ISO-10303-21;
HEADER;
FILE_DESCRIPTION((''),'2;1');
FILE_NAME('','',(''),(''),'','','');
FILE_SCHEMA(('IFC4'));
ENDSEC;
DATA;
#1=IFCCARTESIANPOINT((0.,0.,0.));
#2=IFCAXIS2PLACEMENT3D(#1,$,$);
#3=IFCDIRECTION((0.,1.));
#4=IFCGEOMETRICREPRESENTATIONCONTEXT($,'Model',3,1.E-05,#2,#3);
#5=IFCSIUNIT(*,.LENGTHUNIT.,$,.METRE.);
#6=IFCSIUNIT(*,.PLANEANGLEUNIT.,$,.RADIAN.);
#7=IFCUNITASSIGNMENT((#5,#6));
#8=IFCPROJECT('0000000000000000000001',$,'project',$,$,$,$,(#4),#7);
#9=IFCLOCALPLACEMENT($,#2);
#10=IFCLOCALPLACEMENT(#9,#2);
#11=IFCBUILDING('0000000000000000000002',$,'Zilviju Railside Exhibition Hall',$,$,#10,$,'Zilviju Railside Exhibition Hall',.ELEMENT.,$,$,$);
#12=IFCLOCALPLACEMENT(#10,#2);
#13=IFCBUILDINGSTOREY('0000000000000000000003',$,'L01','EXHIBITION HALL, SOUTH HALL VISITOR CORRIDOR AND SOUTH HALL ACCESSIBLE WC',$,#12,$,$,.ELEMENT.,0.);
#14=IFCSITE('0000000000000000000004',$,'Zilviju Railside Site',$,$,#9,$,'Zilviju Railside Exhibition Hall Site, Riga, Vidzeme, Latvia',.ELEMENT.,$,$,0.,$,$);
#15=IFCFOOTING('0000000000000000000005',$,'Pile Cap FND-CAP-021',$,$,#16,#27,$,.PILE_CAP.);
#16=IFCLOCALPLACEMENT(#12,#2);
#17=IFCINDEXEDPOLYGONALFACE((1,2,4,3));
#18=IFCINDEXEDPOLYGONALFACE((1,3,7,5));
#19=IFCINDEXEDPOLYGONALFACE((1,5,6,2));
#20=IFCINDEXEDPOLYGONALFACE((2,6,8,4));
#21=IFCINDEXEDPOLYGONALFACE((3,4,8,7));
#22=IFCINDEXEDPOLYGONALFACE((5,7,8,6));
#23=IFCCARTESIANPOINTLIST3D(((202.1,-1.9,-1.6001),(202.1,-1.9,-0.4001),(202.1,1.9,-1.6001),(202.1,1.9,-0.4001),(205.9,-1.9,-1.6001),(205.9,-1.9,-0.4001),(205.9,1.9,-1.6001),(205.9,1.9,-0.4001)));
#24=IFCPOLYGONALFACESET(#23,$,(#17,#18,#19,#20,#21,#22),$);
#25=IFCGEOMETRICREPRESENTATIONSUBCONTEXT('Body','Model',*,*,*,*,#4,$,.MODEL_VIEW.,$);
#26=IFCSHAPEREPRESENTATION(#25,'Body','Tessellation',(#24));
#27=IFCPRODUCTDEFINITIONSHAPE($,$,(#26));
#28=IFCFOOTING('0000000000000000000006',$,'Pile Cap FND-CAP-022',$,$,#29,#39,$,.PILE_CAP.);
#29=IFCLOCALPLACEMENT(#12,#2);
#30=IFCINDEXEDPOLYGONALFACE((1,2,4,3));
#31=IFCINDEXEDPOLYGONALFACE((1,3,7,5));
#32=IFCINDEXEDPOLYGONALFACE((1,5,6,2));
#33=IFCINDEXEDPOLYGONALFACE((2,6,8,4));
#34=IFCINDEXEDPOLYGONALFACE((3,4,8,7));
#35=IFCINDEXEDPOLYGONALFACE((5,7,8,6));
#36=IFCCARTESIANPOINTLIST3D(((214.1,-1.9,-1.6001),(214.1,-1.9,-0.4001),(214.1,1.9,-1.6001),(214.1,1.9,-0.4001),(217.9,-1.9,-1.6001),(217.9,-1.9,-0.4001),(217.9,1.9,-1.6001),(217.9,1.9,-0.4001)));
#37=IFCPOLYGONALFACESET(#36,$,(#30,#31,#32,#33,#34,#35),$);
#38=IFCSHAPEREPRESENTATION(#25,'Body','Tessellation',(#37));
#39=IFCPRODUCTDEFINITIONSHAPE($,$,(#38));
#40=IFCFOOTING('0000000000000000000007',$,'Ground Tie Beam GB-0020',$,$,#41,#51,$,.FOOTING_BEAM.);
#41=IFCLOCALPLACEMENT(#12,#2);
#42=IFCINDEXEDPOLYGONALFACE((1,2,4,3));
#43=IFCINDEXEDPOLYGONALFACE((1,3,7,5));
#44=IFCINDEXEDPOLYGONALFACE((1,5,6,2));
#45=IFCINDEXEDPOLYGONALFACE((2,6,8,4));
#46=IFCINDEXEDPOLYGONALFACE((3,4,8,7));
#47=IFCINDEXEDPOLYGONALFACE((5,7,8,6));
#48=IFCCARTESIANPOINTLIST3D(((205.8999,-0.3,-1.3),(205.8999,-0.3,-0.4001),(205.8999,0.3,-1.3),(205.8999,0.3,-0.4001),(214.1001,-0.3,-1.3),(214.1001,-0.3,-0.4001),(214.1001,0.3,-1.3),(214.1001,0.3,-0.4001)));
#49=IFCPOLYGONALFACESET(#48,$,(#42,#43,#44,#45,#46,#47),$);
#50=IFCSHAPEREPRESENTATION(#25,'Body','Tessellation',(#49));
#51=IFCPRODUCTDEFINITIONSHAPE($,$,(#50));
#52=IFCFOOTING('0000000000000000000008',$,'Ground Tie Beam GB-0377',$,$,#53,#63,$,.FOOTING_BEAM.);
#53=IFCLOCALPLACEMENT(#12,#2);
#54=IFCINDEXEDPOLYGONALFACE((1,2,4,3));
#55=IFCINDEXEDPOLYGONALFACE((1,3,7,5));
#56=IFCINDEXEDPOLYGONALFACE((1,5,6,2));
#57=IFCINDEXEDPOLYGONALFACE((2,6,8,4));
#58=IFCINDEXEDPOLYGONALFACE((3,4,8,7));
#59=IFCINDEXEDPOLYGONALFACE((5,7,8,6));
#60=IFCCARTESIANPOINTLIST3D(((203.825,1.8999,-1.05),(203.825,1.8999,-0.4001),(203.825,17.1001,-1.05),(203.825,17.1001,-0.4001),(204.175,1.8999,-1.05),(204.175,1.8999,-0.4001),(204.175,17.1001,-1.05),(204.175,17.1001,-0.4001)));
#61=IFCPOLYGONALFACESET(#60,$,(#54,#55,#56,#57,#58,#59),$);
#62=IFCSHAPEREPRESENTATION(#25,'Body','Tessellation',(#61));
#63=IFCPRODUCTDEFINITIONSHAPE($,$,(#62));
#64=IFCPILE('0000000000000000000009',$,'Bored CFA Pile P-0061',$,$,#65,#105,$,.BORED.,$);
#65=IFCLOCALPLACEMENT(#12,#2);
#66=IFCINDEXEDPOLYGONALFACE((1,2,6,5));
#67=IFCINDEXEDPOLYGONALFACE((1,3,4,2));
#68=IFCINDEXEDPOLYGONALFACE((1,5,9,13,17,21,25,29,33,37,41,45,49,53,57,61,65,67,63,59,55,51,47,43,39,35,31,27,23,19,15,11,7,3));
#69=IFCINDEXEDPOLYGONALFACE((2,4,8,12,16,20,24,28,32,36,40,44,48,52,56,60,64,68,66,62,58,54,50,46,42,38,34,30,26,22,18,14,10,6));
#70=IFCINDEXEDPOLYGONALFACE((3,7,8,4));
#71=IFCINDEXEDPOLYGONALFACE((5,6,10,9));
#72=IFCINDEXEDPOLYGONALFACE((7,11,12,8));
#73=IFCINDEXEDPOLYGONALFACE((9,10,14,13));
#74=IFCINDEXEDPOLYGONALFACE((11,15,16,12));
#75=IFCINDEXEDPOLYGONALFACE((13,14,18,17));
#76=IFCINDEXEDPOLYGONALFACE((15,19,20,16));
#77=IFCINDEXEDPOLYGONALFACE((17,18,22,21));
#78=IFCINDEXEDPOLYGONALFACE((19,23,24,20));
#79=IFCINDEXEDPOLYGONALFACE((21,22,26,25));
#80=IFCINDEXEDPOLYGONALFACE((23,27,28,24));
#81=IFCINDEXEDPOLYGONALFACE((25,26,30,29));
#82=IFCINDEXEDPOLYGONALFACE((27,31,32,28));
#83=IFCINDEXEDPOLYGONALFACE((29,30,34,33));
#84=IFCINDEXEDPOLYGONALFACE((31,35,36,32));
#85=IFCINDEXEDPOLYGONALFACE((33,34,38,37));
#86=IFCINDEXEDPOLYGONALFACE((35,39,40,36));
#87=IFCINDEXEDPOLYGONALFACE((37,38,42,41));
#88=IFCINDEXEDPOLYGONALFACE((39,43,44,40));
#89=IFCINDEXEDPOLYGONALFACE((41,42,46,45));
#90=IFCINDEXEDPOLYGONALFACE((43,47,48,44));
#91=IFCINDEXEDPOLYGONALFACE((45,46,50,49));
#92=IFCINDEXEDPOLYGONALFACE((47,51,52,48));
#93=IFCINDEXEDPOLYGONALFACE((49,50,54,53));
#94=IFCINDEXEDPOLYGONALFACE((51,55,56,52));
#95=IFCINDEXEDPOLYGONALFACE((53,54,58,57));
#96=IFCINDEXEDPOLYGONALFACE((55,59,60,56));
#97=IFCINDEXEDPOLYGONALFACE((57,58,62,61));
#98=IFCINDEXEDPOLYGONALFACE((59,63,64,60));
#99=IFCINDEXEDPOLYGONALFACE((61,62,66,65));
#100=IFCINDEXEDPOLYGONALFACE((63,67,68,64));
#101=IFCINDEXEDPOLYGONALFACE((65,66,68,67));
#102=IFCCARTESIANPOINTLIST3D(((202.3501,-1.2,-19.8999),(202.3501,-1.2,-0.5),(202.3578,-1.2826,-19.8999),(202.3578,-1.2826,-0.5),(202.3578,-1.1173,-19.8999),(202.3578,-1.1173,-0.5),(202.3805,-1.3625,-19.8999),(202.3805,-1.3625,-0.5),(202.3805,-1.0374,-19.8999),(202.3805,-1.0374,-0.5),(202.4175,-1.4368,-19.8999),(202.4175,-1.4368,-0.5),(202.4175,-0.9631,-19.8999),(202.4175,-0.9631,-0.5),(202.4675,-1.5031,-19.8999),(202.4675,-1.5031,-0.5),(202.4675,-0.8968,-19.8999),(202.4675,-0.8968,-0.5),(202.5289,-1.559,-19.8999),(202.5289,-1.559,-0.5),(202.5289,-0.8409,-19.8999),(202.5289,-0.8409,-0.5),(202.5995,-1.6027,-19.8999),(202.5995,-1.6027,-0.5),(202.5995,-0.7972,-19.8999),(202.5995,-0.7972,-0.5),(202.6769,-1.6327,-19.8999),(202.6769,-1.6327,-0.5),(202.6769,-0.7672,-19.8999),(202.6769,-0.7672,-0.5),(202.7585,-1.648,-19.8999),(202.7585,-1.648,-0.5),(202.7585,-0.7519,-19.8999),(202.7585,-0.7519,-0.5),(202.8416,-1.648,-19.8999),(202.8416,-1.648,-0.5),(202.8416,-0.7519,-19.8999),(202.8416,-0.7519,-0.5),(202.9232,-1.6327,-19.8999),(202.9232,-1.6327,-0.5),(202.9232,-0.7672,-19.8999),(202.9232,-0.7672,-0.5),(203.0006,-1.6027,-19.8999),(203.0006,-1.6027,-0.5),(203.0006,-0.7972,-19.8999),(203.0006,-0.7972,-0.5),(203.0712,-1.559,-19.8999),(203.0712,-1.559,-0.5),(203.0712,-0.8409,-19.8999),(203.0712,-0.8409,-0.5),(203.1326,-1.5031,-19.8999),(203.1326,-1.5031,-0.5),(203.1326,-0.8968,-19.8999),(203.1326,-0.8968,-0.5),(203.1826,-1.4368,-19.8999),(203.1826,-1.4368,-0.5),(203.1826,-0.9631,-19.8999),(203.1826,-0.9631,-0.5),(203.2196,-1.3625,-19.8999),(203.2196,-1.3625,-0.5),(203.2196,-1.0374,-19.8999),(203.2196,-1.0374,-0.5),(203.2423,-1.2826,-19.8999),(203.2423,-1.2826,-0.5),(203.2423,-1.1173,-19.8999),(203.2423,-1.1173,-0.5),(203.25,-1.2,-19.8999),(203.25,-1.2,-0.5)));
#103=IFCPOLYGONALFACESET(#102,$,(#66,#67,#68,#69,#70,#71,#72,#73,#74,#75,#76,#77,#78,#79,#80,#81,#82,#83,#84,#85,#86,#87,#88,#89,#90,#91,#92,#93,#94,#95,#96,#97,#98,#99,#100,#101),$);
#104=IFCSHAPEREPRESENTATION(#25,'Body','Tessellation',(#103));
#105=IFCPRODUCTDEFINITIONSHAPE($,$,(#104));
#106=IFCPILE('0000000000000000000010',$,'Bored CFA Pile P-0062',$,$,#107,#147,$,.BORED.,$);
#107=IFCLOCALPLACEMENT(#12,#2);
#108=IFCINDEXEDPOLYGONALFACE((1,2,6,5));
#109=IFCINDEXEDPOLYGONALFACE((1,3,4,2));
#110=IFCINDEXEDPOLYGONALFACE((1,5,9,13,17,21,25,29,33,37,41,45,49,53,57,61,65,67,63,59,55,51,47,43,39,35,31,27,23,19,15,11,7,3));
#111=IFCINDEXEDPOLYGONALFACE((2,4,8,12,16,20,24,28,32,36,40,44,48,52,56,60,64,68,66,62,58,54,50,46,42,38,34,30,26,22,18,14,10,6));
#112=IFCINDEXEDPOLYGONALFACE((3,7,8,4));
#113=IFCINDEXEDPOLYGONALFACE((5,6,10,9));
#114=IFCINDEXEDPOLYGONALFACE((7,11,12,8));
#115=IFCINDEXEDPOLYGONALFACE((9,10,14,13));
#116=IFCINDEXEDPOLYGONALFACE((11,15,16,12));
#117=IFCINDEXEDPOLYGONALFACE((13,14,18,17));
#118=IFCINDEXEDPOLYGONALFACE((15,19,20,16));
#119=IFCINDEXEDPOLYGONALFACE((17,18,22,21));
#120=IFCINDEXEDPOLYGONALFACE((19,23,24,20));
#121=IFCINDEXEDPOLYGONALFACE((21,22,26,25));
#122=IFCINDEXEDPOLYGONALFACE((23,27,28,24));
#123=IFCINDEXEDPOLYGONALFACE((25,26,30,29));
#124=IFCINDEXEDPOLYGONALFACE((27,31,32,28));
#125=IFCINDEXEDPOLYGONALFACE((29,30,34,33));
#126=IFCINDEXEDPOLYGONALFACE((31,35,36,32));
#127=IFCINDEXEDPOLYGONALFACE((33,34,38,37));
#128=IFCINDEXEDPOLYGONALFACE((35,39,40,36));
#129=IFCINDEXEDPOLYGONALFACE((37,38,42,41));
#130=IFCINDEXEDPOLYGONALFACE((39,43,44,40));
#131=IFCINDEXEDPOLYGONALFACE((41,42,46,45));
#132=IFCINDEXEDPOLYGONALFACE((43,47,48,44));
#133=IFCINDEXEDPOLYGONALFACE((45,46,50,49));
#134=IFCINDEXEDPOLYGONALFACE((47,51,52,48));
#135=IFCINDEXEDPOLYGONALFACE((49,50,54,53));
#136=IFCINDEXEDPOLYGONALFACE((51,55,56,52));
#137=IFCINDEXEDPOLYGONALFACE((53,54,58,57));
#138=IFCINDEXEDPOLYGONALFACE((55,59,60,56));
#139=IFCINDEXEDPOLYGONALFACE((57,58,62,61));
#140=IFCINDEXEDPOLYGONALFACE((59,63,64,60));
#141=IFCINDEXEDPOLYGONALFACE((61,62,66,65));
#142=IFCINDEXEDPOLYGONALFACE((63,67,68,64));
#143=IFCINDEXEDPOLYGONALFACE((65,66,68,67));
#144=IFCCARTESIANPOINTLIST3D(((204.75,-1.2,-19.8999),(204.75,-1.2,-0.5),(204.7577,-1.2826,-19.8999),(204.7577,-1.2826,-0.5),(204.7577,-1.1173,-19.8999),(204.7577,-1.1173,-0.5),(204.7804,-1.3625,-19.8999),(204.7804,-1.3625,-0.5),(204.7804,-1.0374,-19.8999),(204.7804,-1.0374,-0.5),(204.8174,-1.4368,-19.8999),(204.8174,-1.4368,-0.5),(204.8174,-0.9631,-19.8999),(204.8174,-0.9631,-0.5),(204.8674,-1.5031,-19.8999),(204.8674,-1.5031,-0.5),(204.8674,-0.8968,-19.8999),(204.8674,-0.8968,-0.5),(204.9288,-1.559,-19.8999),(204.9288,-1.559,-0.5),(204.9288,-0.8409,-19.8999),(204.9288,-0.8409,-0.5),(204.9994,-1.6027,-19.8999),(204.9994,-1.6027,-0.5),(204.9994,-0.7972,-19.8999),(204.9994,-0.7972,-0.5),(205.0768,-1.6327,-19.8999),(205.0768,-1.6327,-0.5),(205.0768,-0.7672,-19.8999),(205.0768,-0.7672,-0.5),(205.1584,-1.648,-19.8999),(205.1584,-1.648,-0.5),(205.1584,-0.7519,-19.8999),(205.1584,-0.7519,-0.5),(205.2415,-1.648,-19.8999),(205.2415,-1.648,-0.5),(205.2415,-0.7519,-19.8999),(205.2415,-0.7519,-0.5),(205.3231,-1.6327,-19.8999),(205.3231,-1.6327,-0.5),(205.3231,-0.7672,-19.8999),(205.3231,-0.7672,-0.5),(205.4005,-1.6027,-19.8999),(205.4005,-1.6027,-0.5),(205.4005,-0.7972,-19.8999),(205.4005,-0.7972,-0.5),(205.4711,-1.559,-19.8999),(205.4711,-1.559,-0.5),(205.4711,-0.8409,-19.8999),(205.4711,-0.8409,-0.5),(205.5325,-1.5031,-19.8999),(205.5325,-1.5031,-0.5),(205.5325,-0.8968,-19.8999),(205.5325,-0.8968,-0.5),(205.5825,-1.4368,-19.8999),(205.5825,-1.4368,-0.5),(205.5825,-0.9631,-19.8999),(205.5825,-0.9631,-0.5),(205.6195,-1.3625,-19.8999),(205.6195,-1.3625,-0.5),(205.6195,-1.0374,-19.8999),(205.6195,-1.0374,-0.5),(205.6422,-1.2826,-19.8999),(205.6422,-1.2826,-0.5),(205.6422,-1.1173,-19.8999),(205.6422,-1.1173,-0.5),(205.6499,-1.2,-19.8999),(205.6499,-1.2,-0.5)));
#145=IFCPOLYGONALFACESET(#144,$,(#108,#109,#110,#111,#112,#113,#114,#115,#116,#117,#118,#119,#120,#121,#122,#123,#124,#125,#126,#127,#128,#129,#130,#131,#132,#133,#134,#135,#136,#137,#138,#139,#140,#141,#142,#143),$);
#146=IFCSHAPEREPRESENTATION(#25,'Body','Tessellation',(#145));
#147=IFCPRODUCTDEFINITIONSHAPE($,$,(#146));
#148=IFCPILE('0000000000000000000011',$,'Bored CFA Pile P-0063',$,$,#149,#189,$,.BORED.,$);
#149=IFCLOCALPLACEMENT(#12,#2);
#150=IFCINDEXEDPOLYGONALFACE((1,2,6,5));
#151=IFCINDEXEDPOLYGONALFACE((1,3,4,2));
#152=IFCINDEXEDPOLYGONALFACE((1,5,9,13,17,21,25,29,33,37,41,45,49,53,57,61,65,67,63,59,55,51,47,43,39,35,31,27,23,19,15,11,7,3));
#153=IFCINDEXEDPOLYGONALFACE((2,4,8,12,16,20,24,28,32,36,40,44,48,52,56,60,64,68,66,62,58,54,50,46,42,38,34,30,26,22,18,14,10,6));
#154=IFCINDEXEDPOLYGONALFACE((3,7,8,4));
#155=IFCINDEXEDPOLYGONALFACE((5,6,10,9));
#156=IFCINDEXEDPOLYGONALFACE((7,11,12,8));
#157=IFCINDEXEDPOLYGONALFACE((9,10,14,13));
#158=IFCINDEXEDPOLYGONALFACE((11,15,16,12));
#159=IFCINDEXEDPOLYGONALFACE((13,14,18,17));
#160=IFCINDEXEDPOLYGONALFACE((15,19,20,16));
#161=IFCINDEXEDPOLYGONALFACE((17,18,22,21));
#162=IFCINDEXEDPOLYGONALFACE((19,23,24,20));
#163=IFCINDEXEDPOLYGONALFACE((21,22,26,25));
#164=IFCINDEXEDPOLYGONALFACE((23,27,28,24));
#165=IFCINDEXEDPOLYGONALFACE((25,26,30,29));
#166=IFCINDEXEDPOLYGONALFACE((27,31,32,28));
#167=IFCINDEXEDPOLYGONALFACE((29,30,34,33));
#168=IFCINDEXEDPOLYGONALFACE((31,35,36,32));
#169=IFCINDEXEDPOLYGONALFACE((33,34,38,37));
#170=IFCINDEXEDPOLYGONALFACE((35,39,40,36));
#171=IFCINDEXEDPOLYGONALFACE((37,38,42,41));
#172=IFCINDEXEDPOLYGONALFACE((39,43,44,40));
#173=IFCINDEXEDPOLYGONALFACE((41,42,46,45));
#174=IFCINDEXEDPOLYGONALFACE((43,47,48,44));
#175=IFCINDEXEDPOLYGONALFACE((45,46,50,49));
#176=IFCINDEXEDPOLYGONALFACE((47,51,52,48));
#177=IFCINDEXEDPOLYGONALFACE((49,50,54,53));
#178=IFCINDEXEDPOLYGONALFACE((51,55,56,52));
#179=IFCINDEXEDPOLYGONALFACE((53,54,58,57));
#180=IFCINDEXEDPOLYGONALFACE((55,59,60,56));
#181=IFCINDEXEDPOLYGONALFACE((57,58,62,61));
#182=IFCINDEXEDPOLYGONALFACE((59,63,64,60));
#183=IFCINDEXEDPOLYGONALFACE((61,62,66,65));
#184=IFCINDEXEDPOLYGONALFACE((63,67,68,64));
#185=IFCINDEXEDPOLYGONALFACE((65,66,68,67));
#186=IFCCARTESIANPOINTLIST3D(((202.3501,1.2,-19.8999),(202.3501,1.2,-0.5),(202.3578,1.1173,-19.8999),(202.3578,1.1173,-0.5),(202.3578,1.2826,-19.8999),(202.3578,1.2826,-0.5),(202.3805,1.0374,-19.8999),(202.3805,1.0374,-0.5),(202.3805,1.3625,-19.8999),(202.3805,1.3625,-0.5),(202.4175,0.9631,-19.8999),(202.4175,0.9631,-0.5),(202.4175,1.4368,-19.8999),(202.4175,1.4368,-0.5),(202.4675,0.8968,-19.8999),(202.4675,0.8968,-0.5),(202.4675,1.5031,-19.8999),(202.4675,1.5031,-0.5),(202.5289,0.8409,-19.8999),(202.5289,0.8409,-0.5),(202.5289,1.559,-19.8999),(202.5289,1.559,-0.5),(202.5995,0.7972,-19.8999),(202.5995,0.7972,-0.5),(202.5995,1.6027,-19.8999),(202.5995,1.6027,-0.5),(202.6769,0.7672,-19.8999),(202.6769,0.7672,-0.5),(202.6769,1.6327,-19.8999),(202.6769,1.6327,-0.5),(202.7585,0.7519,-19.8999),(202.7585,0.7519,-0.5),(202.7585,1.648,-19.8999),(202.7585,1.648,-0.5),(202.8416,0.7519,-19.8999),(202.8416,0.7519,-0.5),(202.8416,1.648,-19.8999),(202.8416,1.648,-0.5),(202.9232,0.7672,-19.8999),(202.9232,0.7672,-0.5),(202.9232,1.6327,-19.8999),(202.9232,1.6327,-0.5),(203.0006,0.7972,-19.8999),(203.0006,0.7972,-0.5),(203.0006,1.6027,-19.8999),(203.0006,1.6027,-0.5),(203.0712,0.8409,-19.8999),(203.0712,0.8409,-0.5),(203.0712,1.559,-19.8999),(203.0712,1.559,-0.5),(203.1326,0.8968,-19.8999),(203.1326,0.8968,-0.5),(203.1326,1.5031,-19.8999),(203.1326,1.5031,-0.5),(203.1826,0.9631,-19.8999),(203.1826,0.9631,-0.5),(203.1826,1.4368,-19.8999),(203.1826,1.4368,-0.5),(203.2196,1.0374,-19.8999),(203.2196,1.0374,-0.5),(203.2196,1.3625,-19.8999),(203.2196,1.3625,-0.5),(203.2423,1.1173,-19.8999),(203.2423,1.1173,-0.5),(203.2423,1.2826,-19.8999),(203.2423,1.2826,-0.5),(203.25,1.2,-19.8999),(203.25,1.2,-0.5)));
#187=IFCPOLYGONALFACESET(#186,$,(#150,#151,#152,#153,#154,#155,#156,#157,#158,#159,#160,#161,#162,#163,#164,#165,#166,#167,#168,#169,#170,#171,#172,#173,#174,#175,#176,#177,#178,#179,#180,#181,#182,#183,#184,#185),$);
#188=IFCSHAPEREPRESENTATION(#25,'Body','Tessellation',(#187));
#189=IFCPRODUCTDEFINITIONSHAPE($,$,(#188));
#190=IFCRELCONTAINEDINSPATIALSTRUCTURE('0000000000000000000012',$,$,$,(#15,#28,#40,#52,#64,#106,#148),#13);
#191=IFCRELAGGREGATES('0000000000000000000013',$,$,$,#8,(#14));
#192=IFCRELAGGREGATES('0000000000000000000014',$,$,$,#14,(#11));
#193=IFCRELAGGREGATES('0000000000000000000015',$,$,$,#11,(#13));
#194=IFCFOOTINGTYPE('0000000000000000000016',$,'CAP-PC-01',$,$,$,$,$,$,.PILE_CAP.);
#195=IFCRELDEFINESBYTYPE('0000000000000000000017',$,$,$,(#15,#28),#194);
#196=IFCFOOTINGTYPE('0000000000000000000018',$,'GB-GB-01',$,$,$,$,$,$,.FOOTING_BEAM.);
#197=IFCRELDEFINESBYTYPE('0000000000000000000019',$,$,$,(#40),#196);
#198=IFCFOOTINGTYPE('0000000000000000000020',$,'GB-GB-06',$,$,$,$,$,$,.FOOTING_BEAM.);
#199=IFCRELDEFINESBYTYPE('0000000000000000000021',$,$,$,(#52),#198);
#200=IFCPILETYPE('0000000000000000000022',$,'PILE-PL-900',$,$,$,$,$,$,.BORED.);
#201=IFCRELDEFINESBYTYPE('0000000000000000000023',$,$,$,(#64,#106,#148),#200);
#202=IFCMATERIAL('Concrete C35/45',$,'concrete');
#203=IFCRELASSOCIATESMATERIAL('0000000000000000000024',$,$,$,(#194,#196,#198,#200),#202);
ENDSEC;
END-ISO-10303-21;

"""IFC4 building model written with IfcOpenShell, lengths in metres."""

from ifc_helpers import new_model, si_unit, direction, frame, origin, origin_2d, place, context, subcontext, project, spatial, rectangle, circle, extrude, material, material_profile, profile_set, type_object, element, save


model = new_model("IFC4")

# Units and contexts
model_context = context("Model", 3, precision=1e-05, world=origin(), true_north=direction((0.0, 1.0)))
body_context = subcontext(model_context, "Body", "Model", "MODEL_VIEW")
ifc_project = project(units=[si_unit("LENGTHUNIT", "METRE"), si_unit("PLANEANGLEUNIT", "RADIAN")], contexts=[model_context])

# Site, building, storey
site_placement = place(None, origin())
site = spatial("IfcSite", under=ifc_project, at=site_placement, Name="Zilviju Railside Site", LongName="Zilviju Railside Exhibition Hall Site, Riga, Vidzeme, Latvia", CompositionType="ELEMENT", RefElevation=0.0)
building_placement = place(site_placement, origin())
building = spatial("IfcBuilding", under=site, at=building_placement, Name="Zilviju Railside Exhibition Hall", LongName="Zilviju Railside Exhibition Hall", CompositionType="ELEMENT")
storey_placement = place(building_placement, origin())
storey = spatial("IfcBuildingStorey", under=building, at=storey_placement, Name="L01", Description="EXHIBITION HALL, SOUTH HALL VISITOR CORRIDOR AND SOUTH HALL ACCESSIBLE WC", CompositionType="ELEMENT", Elevation=0.0)

# Footings
ifc_material_1 = material(Name="Concrete C35/45", Category="concrete")
footing_type_1 = type_object("IfcFootingType", Name="CAP-PC-01", PredefinedType="PILE_CAP", material=ifc_material_1)
for number, where, z_axis, x_axis, name in (
    (1, (204.0, 0.0, -1.6001), (0.0, 0.0, 1.0), (1.0, 0.0, 0.0), "Pile Cap FND-CAP-021"),
    (2, (216.0, 0.0, -1.6001), (0.0, 0.0, 1.0), (1.0, 0.0, 0.0), "Pile Cap FND-CAP-022"),
):
    element("IfcFooting", number, at=place(storey_placement, frame(where, z_axis=z_axis, x_axis=x_axis)), inside=storey, type_object=footing_type_1, Name=name, PredefinedType="PILE_CAP", context=body_context, shape_type="SweptSolid", body=[
        extrude(rectangle(XDim=3.8, YDim=3.8, at=origin_2d()), origin(), (0.0, 0.0, 1.0), 1.2),
    ])
ifc_material_profile_1 = material_profile(ifc_material_1, rectangle(XDim=0.6001, YDim=0.8999, at=origin_2d()), Name="TIE BEAM 600x900")
ifc_profile_set_1 = profile_set([ifc_material_profile_1], Name="Concrete C35/45")
footing_type_2 = type_object("IfcFootingType", Name="GB-GB-01", PredefinedType="FOOTING_BEAM", material=ifc_profile_set_1)
footing_1_placement = place(storey_placement, frame((205.8999, 0.0, -0.8501), z_axis=(1.0, 0.0, 0.0), x_axis=(0.0, 1.0, 0.0)))
element("IfcFooting", 3, at=footing_1_placement, inside=storey, type_object=footing_type_2, Name="Ground Tie Beam GB-0020", PredefinedType="FOOTING_BEAM", context=body_context, shape_type="SweptSolid", body=[
    extrude(rectangle(XDim=0.6001, YDim=0.8999, at=origin_2d()), origin(), (0.0, 0.0, 1.0), 8.2002),
])
ifc_material_profile_2 = material_profile(ifc_material_1, rectangle(XDim=0.3501, YDim=0.6499, at=origin_2d()), Name="TIE BEAM 350x650")
ifc_profile_set_2 = profile_set([ifc_material_profile_2], Name="Concrete C35/45")
footing_type_3 = type_object("IfcFootingType", Name="GB-GB-06", PredefinedType="FOOTING_BEAM", material=ifc_profile_set_2)
footing_2_placement = place(storey_placement, frame((204.0, 1.8999, -0.7251), z_axis=(0.0, 1.0, 0.0), x_axis=(-1.0, 0.0, 0.0)))
element("IfcFooting", 4, at=footing_2_placement, inside=storey, type_object=footing_type_3, Name="Ground Tie Beam GB-0377", PredefinedType="FOOTING_BEAM", context=body_context, shape_type="SweptSolid", body=[
    extrude(rectangle(XDim=0.3501, YDim=0.6499, at=origin_2d()), origin(), (0.0, 0.0, 1.0), 15.2002),
])

# Piles
ifc_material_profile_3 = material_profile(ifc_material_1, circle(Radius=0.45, at=origin_2d()), Name="CFA PILE D900")
ifc_profile_set_3 = profile_set([ifc_material_profile_3], Name="Concrete C35/45")
pile_type = type_object("IfcPileType", Name="PILE-PL-900", PredefinedType="BORED", material=ifc_profile_set_3)
for number, where, z_axis, x_axis, name in (
    (5, (202.8, -1.2, -0.5), (0.0, 0.0, -1.0), (1.0, 0.0, 0.0), "Bored CFA Pile P-0061"),
    (6, (205.2, -1.2, -0.5), (0.0, 0.0, -1.0), (1.0, 0.0, 0.0), "Bored CFA Pile P-0062"),
    (7, (202.8, 1.2, -0.5), (0.0, 0.0, -1.0), (1.0, 0.0, 0.0), "Bored CFA Pile P-0063"),
):
    element("IfcPile", number, at=place(storey_placement, frame(where, z_axis=z_axis, x_axis=x_axis)), inside=storey, type_object=pile_type, Name=name, PredefinedType="BORED", context=body_context, shape_type="SweptSolid", body=[
        extrude(circle(Radius=0.45, at=origin_2d()), origin(), (0.0, 0.0, 1.0), 19.3999),
    ])

save(model, "model.ifc")
